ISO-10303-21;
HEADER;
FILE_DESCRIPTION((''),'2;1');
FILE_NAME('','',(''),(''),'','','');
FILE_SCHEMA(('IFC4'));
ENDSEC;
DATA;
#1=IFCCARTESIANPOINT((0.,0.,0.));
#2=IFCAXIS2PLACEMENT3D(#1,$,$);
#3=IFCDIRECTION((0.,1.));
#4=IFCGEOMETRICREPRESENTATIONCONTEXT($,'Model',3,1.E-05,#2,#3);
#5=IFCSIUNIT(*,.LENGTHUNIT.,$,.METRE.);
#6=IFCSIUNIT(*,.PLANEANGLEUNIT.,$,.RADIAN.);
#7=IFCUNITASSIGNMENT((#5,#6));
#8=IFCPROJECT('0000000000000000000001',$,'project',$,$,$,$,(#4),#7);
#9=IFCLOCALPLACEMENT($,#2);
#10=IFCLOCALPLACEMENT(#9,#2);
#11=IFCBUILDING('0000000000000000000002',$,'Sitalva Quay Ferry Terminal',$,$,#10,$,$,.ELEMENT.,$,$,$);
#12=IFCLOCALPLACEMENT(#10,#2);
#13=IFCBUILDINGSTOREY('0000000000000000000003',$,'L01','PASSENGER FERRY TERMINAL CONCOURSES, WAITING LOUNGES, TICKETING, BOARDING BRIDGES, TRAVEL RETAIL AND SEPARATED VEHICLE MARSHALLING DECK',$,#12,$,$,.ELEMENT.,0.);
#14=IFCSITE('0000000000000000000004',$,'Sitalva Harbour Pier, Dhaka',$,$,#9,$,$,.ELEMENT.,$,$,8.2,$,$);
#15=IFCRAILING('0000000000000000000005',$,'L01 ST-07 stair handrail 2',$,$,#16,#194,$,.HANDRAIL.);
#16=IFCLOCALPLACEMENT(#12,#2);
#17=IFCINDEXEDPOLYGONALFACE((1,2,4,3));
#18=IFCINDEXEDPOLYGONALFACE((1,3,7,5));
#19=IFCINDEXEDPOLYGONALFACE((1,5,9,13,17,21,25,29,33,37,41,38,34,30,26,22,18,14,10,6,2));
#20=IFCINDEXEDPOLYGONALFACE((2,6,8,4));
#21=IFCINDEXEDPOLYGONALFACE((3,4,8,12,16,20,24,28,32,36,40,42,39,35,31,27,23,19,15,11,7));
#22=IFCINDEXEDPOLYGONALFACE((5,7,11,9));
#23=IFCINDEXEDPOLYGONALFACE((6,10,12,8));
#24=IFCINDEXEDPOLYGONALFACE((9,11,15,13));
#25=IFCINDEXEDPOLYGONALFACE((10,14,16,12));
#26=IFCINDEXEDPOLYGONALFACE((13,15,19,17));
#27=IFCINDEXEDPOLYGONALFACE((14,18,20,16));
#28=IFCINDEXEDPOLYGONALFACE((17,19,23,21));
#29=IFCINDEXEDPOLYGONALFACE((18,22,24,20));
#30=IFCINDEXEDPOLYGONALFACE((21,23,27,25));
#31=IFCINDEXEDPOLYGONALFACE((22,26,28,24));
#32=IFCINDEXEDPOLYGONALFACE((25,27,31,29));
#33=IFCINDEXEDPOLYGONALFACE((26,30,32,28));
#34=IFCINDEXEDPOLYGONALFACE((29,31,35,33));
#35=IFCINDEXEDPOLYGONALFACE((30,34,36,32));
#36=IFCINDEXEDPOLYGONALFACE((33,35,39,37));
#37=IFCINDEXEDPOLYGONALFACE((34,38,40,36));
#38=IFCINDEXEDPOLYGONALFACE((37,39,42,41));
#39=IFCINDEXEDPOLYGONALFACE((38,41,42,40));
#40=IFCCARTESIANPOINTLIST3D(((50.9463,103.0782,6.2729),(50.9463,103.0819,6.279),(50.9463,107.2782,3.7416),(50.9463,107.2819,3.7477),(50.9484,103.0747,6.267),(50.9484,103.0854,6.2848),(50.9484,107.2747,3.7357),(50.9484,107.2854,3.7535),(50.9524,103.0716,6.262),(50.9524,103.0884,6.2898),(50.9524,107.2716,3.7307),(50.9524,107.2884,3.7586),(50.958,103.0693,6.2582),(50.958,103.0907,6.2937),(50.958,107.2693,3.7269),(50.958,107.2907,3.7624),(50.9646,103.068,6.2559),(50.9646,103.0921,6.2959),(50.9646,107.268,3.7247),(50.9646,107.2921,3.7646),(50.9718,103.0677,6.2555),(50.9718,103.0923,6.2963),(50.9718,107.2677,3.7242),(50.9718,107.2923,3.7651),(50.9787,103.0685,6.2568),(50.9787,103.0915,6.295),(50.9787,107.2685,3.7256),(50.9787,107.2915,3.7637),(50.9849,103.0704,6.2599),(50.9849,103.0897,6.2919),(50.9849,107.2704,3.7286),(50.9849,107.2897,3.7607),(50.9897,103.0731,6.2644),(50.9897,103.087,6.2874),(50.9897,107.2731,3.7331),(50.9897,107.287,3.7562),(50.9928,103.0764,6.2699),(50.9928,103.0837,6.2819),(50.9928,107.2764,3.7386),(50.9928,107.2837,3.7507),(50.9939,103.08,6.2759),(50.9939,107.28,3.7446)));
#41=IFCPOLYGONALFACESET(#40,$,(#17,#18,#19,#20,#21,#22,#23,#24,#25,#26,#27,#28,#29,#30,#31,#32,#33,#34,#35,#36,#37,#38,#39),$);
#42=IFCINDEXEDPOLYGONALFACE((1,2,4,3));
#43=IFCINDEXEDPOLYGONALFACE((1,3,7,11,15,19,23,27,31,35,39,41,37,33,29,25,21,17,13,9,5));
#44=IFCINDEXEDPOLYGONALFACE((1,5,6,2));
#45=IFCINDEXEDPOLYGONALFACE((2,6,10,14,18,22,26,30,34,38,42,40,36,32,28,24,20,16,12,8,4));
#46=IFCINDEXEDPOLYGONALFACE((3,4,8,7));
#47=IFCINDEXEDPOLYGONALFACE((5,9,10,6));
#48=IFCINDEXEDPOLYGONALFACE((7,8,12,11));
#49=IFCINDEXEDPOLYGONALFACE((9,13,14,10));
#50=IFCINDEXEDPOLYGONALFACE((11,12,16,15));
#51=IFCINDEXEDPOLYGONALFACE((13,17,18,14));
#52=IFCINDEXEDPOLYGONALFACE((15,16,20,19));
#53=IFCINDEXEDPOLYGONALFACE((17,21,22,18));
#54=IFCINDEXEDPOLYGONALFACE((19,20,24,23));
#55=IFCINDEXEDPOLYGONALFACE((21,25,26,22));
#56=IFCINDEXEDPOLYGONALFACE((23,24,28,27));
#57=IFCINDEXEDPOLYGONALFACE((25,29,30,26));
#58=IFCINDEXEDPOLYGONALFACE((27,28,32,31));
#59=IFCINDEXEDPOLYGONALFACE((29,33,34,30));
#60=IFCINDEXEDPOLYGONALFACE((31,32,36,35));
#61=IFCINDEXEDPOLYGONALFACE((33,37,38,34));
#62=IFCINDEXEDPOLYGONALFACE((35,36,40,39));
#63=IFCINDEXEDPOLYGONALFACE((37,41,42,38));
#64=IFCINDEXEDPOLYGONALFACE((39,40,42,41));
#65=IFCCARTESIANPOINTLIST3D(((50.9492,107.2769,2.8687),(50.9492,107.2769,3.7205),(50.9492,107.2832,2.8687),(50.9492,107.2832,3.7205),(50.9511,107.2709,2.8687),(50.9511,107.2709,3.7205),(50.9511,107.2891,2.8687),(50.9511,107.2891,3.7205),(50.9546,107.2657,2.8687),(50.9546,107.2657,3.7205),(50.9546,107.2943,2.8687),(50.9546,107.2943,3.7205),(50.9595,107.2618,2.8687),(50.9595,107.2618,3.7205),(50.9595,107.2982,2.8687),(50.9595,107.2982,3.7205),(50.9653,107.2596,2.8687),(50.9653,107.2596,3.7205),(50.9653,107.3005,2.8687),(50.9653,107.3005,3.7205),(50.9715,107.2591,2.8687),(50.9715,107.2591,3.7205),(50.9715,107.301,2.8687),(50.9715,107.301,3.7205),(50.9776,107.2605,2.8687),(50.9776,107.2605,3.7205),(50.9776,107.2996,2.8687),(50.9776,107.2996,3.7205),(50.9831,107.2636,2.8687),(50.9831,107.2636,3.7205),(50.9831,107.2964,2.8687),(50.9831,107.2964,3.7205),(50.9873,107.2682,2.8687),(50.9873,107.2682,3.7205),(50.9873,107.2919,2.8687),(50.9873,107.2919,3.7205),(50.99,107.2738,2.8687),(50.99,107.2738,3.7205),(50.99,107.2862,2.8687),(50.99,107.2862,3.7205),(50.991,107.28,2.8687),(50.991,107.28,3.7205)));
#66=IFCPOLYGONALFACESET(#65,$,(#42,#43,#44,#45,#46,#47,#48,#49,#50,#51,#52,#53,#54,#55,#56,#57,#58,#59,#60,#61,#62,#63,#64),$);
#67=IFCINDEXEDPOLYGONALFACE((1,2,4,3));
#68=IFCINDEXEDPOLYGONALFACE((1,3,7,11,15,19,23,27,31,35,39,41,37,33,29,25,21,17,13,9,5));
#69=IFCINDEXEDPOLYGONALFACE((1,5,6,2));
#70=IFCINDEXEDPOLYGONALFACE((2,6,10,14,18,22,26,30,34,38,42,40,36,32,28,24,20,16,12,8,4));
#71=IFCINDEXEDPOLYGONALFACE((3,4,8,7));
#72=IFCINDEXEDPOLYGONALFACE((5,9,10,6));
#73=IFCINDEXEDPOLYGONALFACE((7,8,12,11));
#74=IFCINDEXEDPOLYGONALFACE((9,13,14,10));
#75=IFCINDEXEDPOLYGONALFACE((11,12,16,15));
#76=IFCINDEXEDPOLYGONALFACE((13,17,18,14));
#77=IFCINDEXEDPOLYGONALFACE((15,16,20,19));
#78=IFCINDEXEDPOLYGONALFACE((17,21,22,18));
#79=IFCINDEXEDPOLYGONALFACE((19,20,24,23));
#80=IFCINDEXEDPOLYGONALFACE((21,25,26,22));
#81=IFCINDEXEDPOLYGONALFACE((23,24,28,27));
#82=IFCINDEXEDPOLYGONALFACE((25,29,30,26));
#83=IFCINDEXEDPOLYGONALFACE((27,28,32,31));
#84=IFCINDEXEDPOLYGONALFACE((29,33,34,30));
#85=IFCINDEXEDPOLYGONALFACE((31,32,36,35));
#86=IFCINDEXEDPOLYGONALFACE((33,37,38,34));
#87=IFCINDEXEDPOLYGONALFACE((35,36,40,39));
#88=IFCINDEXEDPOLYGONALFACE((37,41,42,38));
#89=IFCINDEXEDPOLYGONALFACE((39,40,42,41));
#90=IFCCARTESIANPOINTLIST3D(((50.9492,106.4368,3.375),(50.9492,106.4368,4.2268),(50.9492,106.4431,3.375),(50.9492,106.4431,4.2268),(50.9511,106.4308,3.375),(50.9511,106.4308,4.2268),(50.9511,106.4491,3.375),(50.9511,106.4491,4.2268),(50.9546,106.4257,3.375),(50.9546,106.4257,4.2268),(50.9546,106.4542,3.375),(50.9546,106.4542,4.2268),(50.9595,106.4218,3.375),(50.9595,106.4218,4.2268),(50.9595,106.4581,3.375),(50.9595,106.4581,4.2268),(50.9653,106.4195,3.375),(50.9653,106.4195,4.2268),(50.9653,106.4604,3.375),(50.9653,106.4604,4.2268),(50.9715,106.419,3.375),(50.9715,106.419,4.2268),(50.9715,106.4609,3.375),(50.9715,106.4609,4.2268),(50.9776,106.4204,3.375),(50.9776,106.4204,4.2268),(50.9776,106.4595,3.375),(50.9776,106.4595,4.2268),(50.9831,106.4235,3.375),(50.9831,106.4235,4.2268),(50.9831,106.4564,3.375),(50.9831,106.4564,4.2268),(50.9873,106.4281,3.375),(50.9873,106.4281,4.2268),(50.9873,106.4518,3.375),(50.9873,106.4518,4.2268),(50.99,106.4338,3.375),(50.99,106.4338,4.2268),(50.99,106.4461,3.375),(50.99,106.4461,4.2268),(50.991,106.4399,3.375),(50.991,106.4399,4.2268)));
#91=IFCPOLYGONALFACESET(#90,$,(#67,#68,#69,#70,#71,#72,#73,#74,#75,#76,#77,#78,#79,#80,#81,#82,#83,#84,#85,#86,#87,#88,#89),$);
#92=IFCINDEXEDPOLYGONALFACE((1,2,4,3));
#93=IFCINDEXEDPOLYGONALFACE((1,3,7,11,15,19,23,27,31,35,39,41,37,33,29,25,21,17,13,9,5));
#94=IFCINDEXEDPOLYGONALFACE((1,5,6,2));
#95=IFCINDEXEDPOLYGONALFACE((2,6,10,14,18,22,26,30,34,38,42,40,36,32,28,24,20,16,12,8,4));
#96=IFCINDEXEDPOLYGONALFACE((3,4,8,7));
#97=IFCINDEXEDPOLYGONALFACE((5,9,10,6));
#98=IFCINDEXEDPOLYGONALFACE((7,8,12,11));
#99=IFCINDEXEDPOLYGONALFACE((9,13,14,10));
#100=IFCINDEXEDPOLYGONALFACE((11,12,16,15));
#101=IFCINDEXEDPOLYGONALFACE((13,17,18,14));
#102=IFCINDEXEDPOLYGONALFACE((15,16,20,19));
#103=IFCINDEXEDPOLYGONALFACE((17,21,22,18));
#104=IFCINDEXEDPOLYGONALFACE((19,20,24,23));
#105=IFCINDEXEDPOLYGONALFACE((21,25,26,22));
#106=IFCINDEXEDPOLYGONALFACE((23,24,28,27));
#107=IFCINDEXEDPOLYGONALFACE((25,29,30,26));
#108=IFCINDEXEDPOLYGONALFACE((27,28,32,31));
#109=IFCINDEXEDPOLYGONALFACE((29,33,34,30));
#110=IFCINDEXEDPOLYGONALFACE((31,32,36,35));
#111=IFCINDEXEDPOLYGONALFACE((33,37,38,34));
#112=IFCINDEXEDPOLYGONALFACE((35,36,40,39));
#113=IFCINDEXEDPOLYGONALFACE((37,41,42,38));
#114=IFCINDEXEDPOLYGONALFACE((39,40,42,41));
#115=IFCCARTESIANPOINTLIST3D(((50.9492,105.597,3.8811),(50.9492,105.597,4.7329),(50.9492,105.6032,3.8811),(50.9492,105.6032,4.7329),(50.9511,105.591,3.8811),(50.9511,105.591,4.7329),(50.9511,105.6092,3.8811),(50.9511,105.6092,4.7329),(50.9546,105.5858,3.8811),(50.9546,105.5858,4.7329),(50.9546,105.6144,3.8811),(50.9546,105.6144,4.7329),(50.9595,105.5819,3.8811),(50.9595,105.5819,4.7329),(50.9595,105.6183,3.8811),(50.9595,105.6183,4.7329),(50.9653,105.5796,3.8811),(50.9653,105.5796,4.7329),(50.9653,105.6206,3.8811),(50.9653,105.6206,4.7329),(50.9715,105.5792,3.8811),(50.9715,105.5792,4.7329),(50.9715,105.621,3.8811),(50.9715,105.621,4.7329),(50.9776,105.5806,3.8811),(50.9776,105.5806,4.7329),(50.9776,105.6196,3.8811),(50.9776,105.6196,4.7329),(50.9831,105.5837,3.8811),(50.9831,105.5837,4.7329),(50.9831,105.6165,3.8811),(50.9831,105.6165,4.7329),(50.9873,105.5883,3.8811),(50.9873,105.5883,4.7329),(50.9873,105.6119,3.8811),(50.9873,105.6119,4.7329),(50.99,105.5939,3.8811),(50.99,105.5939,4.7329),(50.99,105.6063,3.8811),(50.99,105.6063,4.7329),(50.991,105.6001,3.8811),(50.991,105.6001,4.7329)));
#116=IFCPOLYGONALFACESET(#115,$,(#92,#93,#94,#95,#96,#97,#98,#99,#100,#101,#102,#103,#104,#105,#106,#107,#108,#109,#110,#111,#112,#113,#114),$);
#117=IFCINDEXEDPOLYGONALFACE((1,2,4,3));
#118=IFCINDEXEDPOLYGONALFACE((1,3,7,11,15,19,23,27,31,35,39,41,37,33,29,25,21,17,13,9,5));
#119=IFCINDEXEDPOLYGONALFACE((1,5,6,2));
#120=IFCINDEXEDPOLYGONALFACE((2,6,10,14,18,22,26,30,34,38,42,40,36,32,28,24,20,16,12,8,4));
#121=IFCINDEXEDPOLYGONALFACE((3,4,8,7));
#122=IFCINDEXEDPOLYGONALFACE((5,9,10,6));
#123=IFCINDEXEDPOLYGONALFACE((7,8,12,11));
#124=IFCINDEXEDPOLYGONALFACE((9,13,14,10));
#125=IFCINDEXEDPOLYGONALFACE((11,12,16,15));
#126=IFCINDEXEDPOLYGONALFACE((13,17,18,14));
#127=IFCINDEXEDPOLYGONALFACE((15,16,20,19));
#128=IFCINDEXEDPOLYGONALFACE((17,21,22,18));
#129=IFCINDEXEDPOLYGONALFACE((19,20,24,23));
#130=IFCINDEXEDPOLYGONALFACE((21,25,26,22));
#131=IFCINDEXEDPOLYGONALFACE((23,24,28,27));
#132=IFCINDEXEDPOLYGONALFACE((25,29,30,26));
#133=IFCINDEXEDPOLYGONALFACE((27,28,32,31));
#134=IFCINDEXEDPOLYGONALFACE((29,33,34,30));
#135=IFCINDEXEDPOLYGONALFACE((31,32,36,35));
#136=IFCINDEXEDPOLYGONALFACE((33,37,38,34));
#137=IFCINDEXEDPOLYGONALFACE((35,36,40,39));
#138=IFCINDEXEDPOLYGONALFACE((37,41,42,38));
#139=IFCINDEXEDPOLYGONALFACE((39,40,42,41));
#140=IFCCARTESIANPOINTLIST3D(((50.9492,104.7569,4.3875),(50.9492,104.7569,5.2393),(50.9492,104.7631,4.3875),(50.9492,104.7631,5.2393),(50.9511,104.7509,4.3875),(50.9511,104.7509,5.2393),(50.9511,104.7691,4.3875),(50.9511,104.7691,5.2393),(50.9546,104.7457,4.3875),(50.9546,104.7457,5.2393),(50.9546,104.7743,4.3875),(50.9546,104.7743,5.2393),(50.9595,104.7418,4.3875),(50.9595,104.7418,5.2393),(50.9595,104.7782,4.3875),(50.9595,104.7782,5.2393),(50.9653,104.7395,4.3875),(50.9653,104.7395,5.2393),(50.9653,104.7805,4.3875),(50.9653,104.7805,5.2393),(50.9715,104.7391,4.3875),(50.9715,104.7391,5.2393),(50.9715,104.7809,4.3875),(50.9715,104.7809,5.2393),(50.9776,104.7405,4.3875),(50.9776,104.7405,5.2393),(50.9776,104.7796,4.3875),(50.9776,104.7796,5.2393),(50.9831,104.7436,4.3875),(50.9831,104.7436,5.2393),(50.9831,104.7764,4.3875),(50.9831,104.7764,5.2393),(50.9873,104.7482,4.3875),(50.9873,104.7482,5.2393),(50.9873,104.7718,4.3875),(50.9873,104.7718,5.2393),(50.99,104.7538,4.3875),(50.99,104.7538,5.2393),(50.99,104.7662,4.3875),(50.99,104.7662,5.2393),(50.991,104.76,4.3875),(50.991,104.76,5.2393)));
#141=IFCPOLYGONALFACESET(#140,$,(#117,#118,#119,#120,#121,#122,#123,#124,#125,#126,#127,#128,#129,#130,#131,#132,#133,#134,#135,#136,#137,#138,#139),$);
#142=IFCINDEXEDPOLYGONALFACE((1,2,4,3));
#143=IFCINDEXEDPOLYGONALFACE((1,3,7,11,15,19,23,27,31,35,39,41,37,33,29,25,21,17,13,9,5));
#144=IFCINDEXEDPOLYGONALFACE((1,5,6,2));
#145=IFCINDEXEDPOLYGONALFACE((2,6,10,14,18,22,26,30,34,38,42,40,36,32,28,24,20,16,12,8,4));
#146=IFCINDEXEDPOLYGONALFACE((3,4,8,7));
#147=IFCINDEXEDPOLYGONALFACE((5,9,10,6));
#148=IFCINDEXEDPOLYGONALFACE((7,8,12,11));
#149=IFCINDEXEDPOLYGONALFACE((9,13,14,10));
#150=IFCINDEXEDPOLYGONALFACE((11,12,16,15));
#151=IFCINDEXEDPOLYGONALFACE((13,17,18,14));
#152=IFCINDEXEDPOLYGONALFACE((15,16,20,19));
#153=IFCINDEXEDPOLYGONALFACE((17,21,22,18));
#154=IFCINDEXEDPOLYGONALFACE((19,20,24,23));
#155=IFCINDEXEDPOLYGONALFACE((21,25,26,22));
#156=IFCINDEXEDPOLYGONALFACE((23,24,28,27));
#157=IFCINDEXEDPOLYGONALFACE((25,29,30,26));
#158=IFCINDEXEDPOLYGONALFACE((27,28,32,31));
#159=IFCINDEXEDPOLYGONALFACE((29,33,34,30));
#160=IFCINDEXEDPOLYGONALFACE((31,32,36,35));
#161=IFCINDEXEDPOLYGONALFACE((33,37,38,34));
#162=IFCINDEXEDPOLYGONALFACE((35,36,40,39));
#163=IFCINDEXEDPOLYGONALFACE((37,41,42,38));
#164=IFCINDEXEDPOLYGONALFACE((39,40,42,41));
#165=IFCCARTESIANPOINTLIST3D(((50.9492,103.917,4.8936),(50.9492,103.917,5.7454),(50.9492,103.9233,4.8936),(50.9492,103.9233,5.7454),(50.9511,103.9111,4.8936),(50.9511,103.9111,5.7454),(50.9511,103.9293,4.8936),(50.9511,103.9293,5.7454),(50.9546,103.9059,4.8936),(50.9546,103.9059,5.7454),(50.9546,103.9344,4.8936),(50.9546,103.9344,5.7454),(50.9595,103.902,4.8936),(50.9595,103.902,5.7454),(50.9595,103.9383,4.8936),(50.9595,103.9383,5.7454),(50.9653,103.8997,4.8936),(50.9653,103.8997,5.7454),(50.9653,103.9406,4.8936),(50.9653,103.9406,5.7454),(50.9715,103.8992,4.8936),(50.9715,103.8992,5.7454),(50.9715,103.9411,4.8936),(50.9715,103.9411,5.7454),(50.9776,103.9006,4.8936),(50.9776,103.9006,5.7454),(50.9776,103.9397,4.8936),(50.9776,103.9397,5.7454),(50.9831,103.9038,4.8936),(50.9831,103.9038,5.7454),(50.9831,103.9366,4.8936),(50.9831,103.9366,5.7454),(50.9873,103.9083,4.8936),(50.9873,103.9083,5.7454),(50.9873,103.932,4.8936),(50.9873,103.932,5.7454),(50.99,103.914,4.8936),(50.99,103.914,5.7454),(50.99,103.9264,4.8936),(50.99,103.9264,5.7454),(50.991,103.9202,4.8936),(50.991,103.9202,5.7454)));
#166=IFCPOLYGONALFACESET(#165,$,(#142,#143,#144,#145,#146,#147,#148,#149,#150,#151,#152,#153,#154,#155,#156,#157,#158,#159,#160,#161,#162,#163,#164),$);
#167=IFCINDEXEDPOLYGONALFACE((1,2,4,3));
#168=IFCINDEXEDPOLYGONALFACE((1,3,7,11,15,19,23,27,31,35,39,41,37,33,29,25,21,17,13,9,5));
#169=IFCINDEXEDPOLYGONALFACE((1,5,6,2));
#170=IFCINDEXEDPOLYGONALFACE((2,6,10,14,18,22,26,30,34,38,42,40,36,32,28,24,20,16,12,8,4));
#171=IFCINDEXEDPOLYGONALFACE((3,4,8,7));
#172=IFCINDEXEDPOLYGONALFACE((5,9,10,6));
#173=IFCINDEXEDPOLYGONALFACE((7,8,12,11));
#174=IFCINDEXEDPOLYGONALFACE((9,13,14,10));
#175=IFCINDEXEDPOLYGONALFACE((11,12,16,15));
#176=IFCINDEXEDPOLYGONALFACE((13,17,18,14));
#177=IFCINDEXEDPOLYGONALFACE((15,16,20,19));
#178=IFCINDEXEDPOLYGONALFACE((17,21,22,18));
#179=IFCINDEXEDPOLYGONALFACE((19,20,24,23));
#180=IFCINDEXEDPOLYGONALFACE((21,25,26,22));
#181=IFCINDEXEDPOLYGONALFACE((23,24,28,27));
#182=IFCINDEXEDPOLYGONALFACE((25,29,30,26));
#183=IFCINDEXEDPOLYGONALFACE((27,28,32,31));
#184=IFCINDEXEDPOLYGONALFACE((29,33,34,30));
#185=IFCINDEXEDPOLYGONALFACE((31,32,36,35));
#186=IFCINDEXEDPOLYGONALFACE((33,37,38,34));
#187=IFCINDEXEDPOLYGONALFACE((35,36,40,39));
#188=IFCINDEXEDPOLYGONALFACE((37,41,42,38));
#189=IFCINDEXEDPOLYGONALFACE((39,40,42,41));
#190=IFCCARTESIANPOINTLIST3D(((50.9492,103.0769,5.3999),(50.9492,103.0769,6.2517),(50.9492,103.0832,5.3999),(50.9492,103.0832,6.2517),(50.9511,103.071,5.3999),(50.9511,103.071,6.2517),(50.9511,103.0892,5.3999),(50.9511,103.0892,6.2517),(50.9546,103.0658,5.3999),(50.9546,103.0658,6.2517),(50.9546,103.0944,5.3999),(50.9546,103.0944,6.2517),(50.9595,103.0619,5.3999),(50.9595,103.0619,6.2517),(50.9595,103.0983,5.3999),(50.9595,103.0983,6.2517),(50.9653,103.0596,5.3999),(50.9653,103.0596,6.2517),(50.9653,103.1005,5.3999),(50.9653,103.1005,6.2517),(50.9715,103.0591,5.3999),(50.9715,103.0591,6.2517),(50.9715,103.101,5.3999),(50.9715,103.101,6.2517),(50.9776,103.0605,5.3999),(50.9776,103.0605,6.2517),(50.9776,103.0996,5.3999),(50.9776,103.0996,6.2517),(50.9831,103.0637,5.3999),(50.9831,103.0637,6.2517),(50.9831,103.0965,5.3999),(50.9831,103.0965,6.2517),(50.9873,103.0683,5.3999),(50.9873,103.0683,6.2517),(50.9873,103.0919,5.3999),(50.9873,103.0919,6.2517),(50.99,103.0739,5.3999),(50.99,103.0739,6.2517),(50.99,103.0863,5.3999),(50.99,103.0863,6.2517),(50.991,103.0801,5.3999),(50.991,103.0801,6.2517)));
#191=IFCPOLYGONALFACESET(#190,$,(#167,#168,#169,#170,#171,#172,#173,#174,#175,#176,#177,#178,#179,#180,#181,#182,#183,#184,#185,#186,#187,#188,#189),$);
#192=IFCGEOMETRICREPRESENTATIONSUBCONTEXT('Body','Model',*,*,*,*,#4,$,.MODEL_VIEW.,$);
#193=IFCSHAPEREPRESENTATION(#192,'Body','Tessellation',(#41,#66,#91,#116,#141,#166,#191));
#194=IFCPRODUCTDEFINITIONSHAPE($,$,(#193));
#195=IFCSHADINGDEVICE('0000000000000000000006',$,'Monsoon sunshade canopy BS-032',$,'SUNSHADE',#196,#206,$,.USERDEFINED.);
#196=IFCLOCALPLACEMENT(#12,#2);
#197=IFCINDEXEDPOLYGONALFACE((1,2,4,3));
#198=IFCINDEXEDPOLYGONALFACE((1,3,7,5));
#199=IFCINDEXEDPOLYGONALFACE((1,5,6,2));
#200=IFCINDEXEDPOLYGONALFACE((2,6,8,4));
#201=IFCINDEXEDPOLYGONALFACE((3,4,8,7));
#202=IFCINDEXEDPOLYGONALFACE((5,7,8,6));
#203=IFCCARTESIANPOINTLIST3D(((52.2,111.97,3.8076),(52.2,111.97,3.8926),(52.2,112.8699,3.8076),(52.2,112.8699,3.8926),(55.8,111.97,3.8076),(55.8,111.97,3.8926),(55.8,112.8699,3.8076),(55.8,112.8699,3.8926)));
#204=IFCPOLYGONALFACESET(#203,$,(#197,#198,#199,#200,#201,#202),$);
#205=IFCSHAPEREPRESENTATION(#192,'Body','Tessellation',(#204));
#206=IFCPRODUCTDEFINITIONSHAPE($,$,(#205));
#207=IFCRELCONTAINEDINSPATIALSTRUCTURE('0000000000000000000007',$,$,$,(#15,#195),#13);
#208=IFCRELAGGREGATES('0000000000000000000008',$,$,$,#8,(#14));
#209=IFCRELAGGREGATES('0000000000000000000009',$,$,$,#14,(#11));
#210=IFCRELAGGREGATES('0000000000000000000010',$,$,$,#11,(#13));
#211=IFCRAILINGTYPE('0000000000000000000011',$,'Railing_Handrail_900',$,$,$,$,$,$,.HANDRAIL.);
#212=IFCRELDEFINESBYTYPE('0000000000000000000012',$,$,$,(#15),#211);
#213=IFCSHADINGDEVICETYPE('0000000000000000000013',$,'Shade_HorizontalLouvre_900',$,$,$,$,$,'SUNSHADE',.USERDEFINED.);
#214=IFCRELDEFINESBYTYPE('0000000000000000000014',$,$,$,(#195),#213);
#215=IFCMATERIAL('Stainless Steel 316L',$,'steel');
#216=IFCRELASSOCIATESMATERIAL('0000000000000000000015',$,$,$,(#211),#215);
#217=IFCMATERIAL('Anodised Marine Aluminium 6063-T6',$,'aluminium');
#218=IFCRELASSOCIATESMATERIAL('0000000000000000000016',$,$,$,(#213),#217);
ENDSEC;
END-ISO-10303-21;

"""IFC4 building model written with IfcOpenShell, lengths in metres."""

from ifc_helpers import new_model, si_unit, direction, frame, origin, origin_2d, place, context, subcontext, project, spatial, rectangle, circle, extrude, material, type_object, element, save


model = new_model("IFC4")

# Units and contexts
model_context = context("Model", 3, precision=1e-05, world=origin(), true_north=direction((0.0, 1.0)))
body_context = subcontext(model_context, "Body", "Model", "MODEL_VIEW")
ifc_project = project(units=[si_unit("LENGTHUNIT", "METRE"), si_unit("PLANEANGLEUNIT", "RADIAN")], contexts=[model_context])

# Site, building, storey
site_placement = place(None, origin())
site = spatial("IfcSite", under=ifc_project, at=site_placement, Name="Sitalva Harbour Pier, Dhaka", CompositionType="ELEMENT", RefElevation=8.2)
building_placement = place(site_placement, origin())
building = spatial("IfcBuilding", under=site, at=building_placement, Name="Sitalva Quay Ferry Terminal", CompositionType="ELEMENT")
storey_placement = place(building_placement, origin())
storey = spatial("IfcBuildingStorey", under=building, at=storey_placement, Name="L01", Description="PASSENGER FERRY TERMINAL CONCOURSES, WAITING LOUNGES, TICKETING, BOARDING BRIDGES, TRAVEL RETAIL AND SEPARATED VEHICLE MARSHALLING DECK", CompositionType="ELEMENT", Elevation=0.0)

# Railing
ifc_material_1 = material(Name="Stainless Steel 316L", Category="steel")
railing_type_1 = type_object("IfcRailingType", Name="Railing_Handrail_900", PredefinedType="HANDRAIL", material=ifc_material_1)
railing_1_placement = place(storey_placement, frame((50.97, 107.28, 2.8687)))
element("IfcRailing", 1, at=railing_1_placement, inside=storey, type_object=railing_type_1, Name="L01 ST-07 stair handrail 2", PredefinedType="HANDRAIL", context=body_context, shape_type="SweptSolid", body=[
    extrude(circle(Radius=0.0239, at=origin_2d()), frame((0.0, 0.0, 0.876), z_axis=(0.0, -0.856476, 0.516186), x_axis=(1.0, 0.0, 0.0)), (0.0, 0.0, 1.0), 4.9038),
    extrude(circle(Radius=0.021, at=origin_2d()), origin(), (0.0, 0.0, 1.0), 0.8518),
    extrude(circle(Radius=0.021, at=origin_2d()), frame((0.0, -0.8401, 0.5063)), (0.0, 0.0, 1.0), 0.8518),
    extrude(circle(Radius=0.021, at=origin_2d()), frame((0.0, -1.6799, 1.0125)), (0.0, 0.0, 1.0), 0.8518),
    extrude(circle(Radius=0.021, at=origin_2d()), frame((0.0, -2.52, 1.5188)), (0.0, 0.0, 1.0), 0.8518),
    extrude(circle(Radius=0.021, at=origin_2d()), frame((0.0, -3.3599, 2.0249)), (0.0, 0.0, 1.0), 0.8518),
    extrude(circle(Radius=0.021, at=origin_2d()), frame((0.0, -4.2, 2.5312)), (0.0, 0.0, 1.0), 0.8518),
])

# Shading device
ifc_material_2 = material(Name="Anodised Marine Aluminium 6063-T6", Category="aluminium")
shading_device_type = type_object("IfcShadingDeviceType", Name="Shade_HorizontalLouvre_900", ElementType="SUNSHADE", PredefinedType="USERDEFINED", material=ifc_material_2)
shading_device_placement = place(storey_placement, frame((54.0, 112.4199, 3.8076), z_axis=(0.0, 0.0, 1.0), x_axis=(1.0, 0.0, 0.0)))
element("IfcShadingDevice", 2, at=shading_device_placement, inside=storey, type_object=shading_device_type, Name="Monsoon sunshade canopy BS-032", ObjectType="SUNSHADE", PredefinedType="USERDEFINED", context=body_context, shape_type="SweptSolid", body=[
    extrude(rectangle(XDim=3.6001, YDim=0.8999, at=origin_2d()), origin(), (0.0, 0.0, 1.0), 0.085),
])

save(model, "model.ifc")
